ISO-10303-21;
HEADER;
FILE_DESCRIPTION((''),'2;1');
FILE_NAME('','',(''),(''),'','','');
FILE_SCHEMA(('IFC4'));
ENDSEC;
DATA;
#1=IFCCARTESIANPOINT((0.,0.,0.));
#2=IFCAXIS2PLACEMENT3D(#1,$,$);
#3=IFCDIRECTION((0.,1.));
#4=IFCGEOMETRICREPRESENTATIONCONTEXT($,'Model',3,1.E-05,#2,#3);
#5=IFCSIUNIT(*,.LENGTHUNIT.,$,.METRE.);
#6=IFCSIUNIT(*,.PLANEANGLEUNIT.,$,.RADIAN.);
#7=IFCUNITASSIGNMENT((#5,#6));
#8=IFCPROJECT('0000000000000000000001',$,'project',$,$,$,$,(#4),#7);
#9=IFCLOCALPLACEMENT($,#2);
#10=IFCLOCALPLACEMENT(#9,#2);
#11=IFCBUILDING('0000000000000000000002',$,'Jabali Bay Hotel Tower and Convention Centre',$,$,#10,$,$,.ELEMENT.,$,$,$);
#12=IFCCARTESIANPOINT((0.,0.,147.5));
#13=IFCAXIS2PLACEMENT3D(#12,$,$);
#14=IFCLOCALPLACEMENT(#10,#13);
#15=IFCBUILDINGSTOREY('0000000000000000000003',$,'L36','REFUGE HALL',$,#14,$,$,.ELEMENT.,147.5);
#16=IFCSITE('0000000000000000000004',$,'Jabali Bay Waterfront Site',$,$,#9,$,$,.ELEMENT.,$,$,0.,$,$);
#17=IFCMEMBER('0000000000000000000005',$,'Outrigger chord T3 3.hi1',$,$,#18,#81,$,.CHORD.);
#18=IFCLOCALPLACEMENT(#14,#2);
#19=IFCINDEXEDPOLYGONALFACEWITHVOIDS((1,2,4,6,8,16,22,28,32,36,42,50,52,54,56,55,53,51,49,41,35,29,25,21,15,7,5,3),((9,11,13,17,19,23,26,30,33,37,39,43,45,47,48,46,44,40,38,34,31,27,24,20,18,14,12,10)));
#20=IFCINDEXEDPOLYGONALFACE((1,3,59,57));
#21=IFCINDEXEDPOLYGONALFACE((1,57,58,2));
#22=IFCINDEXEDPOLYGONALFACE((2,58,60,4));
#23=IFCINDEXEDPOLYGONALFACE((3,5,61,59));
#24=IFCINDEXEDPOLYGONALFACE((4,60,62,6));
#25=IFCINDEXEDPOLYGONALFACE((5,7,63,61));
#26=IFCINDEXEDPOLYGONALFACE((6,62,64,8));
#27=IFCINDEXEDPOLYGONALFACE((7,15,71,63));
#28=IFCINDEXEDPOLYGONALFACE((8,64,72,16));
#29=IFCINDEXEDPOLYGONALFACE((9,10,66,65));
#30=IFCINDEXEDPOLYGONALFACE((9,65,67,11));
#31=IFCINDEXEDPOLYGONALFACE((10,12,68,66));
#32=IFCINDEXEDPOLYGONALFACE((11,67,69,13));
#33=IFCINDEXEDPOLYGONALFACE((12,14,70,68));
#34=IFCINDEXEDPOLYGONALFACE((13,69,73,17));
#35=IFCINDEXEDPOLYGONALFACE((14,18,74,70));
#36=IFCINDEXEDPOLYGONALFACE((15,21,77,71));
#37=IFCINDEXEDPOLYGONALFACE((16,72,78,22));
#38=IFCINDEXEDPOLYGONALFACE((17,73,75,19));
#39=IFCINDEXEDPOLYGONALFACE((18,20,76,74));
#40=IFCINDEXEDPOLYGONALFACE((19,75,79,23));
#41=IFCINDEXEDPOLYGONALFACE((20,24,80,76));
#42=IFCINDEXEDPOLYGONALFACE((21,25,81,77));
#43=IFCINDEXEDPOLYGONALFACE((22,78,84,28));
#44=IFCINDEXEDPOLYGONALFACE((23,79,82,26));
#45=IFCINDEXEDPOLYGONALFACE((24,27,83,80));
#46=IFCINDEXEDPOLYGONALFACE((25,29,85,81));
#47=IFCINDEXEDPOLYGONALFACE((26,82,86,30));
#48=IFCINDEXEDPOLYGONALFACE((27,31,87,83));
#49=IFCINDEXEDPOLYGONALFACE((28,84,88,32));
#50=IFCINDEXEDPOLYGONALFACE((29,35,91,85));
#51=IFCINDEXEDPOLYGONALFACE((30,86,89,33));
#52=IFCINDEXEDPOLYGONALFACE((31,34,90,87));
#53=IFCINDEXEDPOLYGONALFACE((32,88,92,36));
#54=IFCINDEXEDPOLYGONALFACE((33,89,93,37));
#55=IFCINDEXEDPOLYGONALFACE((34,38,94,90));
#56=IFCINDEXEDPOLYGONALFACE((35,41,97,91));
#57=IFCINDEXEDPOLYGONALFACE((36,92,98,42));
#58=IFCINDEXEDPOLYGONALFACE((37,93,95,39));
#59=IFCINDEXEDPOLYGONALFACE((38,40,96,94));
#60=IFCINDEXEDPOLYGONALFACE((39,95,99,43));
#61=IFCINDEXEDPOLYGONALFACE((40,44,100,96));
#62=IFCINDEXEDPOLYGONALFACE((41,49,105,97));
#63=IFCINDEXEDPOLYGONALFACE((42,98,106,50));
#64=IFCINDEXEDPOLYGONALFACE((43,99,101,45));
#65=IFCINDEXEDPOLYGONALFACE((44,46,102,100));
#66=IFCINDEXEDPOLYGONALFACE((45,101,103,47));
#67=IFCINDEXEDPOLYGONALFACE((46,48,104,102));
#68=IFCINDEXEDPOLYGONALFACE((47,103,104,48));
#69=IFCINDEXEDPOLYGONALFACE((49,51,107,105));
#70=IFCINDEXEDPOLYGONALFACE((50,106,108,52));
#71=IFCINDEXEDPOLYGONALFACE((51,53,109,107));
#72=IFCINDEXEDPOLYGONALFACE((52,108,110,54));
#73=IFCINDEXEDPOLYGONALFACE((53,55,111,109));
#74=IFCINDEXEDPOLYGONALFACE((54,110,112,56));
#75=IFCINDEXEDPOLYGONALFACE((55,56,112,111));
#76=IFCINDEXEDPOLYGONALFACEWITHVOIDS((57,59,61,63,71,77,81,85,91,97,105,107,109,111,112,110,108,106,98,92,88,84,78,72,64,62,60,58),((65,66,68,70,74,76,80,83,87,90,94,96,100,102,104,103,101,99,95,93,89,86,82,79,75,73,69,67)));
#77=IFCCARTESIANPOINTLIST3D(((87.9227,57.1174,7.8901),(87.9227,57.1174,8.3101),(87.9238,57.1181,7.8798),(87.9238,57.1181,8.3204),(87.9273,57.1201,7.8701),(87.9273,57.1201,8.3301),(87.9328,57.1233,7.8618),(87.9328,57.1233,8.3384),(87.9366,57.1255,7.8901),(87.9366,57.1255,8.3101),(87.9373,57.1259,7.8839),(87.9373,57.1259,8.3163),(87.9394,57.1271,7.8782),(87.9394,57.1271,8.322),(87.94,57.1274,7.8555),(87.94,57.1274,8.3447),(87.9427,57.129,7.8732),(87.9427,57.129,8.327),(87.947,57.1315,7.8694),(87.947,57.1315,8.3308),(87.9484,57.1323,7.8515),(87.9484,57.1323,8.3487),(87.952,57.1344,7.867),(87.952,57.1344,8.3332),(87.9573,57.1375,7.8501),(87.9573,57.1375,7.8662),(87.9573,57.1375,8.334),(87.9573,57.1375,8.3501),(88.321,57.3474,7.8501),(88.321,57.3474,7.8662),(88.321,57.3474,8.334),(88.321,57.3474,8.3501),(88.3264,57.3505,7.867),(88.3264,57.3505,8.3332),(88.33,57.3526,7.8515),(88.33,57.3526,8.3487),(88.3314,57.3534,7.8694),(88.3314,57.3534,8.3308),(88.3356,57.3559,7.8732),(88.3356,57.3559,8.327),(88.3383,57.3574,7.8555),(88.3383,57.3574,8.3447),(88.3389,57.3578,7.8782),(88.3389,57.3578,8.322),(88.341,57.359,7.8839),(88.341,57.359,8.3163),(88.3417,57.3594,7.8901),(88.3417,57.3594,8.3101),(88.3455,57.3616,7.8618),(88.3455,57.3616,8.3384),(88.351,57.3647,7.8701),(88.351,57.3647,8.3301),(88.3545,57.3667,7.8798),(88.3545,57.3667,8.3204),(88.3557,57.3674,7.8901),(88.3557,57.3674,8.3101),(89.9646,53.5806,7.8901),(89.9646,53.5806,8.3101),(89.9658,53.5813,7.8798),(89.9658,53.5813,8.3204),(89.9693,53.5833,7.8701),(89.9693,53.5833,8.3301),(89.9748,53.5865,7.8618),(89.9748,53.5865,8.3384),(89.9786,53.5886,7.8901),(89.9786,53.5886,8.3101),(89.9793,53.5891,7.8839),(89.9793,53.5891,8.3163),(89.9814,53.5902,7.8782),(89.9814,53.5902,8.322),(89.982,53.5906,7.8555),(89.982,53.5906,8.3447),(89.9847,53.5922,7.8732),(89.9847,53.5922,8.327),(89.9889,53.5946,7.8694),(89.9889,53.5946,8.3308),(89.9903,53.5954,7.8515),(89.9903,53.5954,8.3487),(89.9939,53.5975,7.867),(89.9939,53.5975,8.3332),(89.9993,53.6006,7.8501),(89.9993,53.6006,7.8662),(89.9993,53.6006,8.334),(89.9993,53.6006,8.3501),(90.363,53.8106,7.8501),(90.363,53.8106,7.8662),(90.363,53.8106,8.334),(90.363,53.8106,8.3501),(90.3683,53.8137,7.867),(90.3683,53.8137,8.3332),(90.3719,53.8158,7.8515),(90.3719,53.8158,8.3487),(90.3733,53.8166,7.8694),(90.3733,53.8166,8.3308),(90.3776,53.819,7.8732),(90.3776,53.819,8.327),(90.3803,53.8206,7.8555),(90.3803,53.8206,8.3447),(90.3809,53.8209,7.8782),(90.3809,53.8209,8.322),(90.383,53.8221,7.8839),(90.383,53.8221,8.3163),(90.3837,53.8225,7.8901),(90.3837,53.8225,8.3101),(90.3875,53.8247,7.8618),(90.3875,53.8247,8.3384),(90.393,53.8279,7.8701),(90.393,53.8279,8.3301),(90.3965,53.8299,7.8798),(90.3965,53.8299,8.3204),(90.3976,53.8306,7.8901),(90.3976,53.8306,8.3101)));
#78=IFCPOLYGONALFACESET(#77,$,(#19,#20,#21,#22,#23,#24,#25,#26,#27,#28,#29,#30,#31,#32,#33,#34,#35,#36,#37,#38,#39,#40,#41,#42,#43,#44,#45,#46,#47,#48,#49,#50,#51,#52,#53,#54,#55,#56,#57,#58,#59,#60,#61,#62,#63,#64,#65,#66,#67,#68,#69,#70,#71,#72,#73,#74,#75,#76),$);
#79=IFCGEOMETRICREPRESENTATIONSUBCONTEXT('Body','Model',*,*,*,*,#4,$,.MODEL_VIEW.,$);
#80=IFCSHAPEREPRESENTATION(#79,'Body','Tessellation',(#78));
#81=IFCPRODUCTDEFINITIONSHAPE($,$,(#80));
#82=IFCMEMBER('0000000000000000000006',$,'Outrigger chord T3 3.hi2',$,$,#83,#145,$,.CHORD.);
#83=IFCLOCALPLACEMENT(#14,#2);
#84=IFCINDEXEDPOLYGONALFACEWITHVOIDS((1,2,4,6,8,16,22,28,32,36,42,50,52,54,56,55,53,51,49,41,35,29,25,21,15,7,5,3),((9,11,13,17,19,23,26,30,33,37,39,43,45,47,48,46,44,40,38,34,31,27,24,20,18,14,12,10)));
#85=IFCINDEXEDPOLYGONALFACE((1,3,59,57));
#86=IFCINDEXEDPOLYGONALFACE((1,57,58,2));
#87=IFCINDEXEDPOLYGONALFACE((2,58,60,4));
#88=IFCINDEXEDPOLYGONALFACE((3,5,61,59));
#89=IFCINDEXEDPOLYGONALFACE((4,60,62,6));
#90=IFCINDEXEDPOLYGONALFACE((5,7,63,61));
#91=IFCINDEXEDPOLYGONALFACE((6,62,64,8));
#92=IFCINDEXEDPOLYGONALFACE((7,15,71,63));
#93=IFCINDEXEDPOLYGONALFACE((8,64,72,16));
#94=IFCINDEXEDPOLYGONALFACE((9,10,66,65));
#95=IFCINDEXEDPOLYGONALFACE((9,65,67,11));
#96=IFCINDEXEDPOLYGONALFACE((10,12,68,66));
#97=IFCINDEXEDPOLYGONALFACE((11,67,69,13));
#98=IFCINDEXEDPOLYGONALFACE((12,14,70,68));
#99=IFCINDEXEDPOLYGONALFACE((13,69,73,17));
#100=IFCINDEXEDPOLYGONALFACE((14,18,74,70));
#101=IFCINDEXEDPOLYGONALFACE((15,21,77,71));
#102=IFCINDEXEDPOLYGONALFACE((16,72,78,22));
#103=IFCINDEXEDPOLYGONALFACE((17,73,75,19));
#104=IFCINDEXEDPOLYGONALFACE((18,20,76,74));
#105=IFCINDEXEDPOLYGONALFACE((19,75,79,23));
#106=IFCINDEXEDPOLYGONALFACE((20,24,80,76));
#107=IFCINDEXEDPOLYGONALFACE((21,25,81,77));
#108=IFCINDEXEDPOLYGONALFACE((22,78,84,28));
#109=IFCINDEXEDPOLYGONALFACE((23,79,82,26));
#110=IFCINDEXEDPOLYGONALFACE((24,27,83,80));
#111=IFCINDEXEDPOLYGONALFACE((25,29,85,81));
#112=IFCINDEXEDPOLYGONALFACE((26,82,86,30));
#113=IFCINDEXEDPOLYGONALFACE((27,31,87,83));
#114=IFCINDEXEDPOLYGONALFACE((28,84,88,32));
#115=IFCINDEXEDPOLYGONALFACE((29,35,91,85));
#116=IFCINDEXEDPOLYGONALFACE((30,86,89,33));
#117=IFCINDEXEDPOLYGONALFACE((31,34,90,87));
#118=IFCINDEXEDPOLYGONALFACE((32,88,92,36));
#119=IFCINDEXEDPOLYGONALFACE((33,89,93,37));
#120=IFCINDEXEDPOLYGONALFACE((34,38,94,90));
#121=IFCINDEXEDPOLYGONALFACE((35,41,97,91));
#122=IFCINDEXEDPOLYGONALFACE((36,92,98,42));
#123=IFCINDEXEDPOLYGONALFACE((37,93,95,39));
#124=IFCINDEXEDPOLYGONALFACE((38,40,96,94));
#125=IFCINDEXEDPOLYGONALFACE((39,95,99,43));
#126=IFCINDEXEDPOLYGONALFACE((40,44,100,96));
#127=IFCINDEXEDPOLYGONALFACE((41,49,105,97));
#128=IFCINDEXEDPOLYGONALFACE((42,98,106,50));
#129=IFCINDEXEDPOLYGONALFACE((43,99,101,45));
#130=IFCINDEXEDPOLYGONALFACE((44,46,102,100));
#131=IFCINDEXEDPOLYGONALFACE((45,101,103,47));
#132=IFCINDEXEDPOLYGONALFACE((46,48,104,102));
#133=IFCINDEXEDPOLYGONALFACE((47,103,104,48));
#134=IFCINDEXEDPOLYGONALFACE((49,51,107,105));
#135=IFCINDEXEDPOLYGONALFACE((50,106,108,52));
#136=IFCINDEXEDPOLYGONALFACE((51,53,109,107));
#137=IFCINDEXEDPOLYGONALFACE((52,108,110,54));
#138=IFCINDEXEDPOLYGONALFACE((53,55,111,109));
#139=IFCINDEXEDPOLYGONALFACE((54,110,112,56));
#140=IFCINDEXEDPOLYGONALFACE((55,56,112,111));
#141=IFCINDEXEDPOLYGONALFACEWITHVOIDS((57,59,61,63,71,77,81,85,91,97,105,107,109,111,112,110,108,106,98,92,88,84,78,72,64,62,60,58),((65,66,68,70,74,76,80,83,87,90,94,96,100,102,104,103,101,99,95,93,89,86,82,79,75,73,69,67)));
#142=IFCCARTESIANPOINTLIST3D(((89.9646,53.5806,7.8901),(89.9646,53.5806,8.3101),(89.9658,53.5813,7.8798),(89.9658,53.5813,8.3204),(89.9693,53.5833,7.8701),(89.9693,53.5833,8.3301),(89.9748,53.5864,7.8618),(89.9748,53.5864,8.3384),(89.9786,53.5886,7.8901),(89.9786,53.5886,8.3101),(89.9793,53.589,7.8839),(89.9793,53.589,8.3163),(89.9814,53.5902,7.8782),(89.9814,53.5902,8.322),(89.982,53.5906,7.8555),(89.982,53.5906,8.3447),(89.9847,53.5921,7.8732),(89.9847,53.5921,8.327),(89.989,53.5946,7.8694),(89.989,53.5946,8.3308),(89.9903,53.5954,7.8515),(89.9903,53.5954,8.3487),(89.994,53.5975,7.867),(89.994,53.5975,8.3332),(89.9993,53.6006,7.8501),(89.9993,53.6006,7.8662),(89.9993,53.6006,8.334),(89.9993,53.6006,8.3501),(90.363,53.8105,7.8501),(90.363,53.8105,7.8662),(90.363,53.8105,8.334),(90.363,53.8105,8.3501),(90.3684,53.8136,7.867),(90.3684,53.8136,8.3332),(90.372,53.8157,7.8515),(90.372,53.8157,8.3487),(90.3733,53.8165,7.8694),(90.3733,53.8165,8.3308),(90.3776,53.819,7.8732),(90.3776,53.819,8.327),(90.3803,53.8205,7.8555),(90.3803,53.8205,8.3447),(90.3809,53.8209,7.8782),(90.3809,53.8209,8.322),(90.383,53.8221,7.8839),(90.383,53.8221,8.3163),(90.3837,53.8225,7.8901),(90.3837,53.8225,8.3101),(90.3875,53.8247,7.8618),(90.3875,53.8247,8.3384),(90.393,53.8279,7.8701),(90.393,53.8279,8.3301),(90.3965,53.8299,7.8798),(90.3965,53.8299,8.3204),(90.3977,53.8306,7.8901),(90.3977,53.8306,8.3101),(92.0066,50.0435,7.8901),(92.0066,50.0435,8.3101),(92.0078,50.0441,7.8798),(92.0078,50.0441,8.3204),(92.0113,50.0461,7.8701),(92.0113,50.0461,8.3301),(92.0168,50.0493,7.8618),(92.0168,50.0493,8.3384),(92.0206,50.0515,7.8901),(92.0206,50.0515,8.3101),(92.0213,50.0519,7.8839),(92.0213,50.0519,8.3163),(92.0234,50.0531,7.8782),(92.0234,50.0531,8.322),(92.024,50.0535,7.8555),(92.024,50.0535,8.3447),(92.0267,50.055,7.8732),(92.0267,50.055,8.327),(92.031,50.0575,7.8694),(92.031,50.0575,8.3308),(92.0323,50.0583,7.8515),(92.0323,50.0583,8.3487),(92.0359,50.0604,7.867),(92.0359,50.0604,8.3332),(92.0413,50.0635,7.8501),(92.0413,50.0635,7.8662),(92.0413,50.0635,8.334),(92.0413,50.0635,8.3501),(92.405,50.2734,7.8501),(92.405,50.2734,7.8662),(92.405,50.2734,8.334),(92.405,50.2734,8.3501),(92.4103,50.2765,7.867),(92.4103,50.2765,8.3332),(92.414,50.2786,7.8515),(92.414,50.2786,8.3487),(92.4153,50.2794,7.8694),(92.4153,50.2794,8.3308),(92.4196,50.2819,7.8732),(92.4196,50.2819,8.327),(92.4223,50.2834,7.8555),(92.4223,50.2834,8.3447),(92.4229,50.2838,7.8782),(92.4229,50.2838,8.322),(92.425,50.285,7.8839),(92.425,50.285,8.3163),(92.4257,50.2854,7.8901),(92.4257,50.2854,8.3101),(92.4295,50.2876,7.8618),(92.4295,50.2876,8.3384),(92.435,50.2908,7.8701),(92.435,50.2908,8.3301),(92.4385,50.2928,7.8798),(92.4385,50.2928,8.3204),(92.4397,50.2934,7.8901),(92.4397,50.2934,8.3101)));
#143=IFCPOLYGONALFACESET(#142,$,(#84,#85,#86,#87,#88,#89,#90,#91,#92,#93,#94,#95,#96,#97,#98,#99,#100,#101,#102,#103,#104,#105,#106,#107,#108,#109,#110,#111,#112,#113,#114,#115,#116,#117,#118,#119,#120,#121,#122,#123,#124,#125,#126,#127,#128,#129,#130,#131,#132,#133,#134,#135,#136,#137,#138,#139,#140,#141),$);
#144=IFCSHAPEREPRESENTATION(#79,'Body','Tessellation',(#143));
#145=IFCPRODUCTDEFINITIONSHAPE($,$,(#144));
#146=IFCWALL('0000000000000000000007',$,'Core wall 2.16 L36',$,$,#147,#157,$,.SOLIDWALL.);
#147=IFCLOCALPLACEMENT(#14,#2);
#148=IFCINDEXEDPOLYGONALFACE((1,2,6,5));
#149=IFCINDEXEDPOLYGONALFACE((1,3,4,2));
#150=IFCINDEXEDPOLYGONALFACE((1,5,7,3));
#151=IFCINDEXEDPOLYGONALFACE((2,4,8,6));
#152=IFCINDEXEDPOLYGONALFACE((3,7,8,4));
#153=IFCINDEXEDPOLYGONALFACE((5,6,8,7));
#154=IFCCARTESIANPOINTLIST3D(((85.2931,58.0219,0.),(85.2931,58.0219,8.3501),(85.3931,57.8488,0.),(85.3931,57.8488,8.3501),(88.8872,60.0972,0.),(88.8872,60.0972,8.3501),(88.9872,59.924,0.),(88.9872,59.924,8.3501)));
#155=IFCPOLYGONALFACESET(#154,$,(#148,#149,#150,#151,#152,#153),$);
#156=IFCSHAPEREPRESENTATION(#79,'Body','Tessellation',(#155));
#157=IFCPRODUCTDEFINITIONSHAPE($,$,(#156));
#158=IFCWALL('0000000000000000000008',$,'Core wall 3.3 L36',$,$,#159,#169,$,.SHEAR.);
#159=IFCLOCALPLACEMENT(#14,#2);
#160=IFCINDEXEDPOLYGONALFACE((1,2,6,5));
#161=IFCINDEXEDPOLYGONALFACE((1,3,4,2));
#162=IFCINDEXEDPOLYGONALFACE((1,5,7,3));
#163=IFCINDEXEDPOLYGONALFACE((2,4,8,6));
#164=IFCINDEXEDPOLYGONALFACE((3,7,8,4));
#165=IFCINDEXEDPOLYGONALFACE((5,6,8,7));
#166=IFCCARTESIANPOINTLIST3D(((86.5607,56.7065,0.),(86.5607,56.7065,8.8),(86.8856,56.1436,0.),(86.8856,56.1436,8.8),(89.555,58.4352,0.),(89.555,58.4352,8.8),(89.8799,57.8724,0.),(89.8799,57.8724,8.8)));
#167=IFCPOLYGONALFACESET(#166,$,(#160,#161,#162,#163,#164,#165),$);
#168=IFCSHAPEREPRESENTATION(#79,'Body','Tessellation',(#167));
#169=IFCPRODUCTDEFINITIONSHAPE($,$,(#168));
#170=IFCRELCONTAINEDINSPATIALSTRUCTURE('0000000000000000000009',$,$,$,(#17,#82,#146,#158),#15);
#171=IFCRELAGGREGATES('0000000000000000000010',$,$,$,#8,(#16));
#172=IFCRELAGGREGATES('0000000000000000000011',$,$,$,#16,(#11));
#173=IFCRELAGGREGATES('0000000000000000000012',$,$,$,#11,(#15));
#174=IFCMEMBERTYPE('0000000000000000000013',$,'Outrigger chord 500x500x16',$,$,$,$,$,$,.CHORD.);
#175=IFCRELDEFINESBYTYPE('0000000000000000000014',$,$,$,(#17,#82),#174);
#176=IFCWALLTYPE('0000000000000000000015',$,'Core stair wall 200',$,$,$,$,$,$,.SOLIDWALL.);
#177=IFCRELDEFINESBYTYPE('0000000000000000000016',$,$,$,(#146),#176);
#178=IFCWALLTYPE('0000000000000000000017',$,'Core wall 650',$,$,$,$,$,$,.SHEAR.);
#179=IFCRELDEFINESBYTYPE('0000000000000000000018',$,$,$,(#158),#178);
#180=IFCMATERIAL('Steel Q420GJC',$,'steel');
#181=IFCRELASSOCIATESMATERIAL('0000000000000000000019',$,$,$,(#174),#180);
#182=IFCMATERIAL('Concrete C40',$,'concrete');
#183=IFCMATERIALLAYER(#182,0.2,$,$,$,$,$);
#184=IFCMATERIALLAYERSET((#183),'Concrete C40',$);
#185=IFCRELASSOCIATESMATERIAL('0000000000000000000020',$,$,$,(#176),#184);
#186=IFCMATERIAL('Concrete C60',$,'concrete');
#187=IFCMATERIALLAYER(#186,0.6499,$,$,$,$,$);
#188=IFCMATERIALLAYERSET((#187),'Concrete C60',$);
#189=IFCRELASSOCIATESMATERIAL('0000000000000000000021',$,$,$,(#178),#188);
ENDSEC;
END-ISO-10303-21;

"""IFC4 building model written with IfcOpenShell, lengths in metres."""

from ifc_helpers import new_model, si_unit, direction, frame, frame_2d, origin, origin_2d, place, context, subcontext, project, spatial, rectangle, hollow_rectangle, extrude, material, layer, layer_set, material_profile, profile_set, type_object, element, save


model = new_model("IFC4")

# Units and contexts
model_context = context("Model", 3, precision=1e-05, world=origin(), true_north=direction((0.0, 1.0)))
body_context = subcontext(model_context, "Body", "Model", "MODEL_VIEW")
ifc_project = project(units=[si_unit("LENGTHUNIT", "METRE"), si_unit("PLANEANGLEUNIT", "RADIAN")], contexts=[model_context])

# Site, building, storey
site_placement = place(None, origin())
site = spatial("IfcSite", under=ifc_project, at=site_placement, Name="Jabali Bay Waterfront Site", CompositionType="ELEMENT", RefElevation=0.0)
building_placement = place(site_placement, origin())
building = spatial("IfcBuilding", under=site, at=building_placement, Name="Jabali Bay Hotel Tower and Convention Centre", CompositionType="ELEMENT")
storey_placement = place(building_placement, frame((0.0, 0.0, 147.5)))
storey = spatial("IfcBuildingStorey", under=building, at=storey_placement, Name="L36", Description="REFUGE HALL", CompositionType="ELEMENT", Elevation=147.5)

# Shared definitions
ifc_material_1 = material(Name="Concrete C60", Category="concrete")

# Members
ifc_material_2 = material(Name="Steel Q420GJC", Category="steel")
ifc_material_profile_1 = material_profile(ifc_material_2, hollow_rectangle(XDim=0.5, YDim=0.5, WallThickness=0.0161, InnerFilletRadius=0.0239, OuterFilletRadius=0.04, at=origin_2d()), Name="Outrigger chord 500x500x16")
ifc_profile_set_1 = profile_set([ifc_material_profile_1], Name="Steel Q420GJC")
member_type_1 = type_object("IfcMemberType", Name="Outrigger chord 500x500x16", PredefinedType="CHORD", material=ifc_profile_set_1)
member_1_placement = place(storey_placement, frame((88.1392, 57.2424, 8.1001), z_axis=(0.499997, -0.866027, 0.0), x_axis=(0.866027, 0.499997, 0.0)))
element("IfcMember", 1, at=member_1_placement, inside=storey, type_object=member_type_1, Name="Outrigger chord T3 3.hi1", PredefinedType="CHORD", context=body_context, shape_type="SweptSolid", body=[
    extrude(hollow_rectangle(XDim=0.5, YDim=0.5, WallThickness=0.0161, InnerFilletRadius=0.0239, OuterFilletRadius=0.04, at=origin_2d()), origin(), (0.0, 0.0, 1.0), 4.084),
])
member_2_placement = place(storey_placement, frame((90.1812, 53.7056, 8.1001), z_axis=(0.499971, -0.866042, 0.0), x_axis=(0.866042, 0.499971, 0.0)))
element("IfcMember", 2, at=member_2_placement, inside=storey, type_object=member_type_1, Name="Outrigger chord T3 3.hi2", PredefinedType="CHORD", context=body_context, shape_type="SweptSolid", body=[
    extrude(hollow_rectangle(XDim=0.5, YDim=0.5, WallThickness=0.0161, InnerFilletRadius=0.0239, OuterFilletRadius=0.04, at=origin_2d()), origin(), (0.0, 0.0, 1.0), 4.0842),
])

# Walls
ifc_material_3 = material(Name="Concrete C40", Category="concrete")
ifc_layer_1 = layer(ifc_material_3, 0.2)
ifc_layer_set_1 = layer_set([ifc_layer_1], Name="Concrete C40")
wall_type_1 = type_object("IfcWallType", Name="Core stair wall 200", PredefinedType="SOLIDWALL", material=ifc_layer_set_1)
wall_1_placement = place(storey_placement, frame((85.343, 57.9353, 0.0), z_axis=(0.0, 0.0, 1.0), x_axis=(0.866004, 0.500036, 0.0)))
element("IfcWall", 3, at=wall_1_placement, inside=storey, type_object=wall_type_1, Name="Core wall 2.16 L36", PredefinedType="SOLIDWALL", context=body_context, shape_type="SweptSolid", body=[
    extrude(rectangle(XDim=4.1501, YDim=0.2, at=frame_2d((2.0752, 0.0))), origin(), (0.0, 0.0, 1.0), 8.3501),
])
ifc_layer_2 = layer(ifc_material_1, 0.6499)
ifc_layer_set_2 = layer_set([ifc_layer_2], Name="Concrete C60")
wall_type_2 = type_object("IfcWallType", Name="Core wall 650", PredefinedType="SHEAR", material=ifc_layer_set_2)
wall_2_placement = place(storey_placement, frame((86.7231, 56.425, 0.0), z_axis=(0.0, 0.0, 1.0), x_axis=(0.866032, 0.499989, 0.0)))
element("IfcWall", 4, at=wall_2_placement, inside=storey, type_object=wall_type_2, Name="Core wall 3.3 L36", PredefinedType="SHEAR", context=body_context, shape_type="SweptSolid", body=[
    extrude(rectangle(XDim=3.4575, YDim=0.6499, at=frame_2d((1.7288, 0.0))), origin(), (0.0, 0.0, 1.0), 8.8),
])

save(model, "model.ifc")
